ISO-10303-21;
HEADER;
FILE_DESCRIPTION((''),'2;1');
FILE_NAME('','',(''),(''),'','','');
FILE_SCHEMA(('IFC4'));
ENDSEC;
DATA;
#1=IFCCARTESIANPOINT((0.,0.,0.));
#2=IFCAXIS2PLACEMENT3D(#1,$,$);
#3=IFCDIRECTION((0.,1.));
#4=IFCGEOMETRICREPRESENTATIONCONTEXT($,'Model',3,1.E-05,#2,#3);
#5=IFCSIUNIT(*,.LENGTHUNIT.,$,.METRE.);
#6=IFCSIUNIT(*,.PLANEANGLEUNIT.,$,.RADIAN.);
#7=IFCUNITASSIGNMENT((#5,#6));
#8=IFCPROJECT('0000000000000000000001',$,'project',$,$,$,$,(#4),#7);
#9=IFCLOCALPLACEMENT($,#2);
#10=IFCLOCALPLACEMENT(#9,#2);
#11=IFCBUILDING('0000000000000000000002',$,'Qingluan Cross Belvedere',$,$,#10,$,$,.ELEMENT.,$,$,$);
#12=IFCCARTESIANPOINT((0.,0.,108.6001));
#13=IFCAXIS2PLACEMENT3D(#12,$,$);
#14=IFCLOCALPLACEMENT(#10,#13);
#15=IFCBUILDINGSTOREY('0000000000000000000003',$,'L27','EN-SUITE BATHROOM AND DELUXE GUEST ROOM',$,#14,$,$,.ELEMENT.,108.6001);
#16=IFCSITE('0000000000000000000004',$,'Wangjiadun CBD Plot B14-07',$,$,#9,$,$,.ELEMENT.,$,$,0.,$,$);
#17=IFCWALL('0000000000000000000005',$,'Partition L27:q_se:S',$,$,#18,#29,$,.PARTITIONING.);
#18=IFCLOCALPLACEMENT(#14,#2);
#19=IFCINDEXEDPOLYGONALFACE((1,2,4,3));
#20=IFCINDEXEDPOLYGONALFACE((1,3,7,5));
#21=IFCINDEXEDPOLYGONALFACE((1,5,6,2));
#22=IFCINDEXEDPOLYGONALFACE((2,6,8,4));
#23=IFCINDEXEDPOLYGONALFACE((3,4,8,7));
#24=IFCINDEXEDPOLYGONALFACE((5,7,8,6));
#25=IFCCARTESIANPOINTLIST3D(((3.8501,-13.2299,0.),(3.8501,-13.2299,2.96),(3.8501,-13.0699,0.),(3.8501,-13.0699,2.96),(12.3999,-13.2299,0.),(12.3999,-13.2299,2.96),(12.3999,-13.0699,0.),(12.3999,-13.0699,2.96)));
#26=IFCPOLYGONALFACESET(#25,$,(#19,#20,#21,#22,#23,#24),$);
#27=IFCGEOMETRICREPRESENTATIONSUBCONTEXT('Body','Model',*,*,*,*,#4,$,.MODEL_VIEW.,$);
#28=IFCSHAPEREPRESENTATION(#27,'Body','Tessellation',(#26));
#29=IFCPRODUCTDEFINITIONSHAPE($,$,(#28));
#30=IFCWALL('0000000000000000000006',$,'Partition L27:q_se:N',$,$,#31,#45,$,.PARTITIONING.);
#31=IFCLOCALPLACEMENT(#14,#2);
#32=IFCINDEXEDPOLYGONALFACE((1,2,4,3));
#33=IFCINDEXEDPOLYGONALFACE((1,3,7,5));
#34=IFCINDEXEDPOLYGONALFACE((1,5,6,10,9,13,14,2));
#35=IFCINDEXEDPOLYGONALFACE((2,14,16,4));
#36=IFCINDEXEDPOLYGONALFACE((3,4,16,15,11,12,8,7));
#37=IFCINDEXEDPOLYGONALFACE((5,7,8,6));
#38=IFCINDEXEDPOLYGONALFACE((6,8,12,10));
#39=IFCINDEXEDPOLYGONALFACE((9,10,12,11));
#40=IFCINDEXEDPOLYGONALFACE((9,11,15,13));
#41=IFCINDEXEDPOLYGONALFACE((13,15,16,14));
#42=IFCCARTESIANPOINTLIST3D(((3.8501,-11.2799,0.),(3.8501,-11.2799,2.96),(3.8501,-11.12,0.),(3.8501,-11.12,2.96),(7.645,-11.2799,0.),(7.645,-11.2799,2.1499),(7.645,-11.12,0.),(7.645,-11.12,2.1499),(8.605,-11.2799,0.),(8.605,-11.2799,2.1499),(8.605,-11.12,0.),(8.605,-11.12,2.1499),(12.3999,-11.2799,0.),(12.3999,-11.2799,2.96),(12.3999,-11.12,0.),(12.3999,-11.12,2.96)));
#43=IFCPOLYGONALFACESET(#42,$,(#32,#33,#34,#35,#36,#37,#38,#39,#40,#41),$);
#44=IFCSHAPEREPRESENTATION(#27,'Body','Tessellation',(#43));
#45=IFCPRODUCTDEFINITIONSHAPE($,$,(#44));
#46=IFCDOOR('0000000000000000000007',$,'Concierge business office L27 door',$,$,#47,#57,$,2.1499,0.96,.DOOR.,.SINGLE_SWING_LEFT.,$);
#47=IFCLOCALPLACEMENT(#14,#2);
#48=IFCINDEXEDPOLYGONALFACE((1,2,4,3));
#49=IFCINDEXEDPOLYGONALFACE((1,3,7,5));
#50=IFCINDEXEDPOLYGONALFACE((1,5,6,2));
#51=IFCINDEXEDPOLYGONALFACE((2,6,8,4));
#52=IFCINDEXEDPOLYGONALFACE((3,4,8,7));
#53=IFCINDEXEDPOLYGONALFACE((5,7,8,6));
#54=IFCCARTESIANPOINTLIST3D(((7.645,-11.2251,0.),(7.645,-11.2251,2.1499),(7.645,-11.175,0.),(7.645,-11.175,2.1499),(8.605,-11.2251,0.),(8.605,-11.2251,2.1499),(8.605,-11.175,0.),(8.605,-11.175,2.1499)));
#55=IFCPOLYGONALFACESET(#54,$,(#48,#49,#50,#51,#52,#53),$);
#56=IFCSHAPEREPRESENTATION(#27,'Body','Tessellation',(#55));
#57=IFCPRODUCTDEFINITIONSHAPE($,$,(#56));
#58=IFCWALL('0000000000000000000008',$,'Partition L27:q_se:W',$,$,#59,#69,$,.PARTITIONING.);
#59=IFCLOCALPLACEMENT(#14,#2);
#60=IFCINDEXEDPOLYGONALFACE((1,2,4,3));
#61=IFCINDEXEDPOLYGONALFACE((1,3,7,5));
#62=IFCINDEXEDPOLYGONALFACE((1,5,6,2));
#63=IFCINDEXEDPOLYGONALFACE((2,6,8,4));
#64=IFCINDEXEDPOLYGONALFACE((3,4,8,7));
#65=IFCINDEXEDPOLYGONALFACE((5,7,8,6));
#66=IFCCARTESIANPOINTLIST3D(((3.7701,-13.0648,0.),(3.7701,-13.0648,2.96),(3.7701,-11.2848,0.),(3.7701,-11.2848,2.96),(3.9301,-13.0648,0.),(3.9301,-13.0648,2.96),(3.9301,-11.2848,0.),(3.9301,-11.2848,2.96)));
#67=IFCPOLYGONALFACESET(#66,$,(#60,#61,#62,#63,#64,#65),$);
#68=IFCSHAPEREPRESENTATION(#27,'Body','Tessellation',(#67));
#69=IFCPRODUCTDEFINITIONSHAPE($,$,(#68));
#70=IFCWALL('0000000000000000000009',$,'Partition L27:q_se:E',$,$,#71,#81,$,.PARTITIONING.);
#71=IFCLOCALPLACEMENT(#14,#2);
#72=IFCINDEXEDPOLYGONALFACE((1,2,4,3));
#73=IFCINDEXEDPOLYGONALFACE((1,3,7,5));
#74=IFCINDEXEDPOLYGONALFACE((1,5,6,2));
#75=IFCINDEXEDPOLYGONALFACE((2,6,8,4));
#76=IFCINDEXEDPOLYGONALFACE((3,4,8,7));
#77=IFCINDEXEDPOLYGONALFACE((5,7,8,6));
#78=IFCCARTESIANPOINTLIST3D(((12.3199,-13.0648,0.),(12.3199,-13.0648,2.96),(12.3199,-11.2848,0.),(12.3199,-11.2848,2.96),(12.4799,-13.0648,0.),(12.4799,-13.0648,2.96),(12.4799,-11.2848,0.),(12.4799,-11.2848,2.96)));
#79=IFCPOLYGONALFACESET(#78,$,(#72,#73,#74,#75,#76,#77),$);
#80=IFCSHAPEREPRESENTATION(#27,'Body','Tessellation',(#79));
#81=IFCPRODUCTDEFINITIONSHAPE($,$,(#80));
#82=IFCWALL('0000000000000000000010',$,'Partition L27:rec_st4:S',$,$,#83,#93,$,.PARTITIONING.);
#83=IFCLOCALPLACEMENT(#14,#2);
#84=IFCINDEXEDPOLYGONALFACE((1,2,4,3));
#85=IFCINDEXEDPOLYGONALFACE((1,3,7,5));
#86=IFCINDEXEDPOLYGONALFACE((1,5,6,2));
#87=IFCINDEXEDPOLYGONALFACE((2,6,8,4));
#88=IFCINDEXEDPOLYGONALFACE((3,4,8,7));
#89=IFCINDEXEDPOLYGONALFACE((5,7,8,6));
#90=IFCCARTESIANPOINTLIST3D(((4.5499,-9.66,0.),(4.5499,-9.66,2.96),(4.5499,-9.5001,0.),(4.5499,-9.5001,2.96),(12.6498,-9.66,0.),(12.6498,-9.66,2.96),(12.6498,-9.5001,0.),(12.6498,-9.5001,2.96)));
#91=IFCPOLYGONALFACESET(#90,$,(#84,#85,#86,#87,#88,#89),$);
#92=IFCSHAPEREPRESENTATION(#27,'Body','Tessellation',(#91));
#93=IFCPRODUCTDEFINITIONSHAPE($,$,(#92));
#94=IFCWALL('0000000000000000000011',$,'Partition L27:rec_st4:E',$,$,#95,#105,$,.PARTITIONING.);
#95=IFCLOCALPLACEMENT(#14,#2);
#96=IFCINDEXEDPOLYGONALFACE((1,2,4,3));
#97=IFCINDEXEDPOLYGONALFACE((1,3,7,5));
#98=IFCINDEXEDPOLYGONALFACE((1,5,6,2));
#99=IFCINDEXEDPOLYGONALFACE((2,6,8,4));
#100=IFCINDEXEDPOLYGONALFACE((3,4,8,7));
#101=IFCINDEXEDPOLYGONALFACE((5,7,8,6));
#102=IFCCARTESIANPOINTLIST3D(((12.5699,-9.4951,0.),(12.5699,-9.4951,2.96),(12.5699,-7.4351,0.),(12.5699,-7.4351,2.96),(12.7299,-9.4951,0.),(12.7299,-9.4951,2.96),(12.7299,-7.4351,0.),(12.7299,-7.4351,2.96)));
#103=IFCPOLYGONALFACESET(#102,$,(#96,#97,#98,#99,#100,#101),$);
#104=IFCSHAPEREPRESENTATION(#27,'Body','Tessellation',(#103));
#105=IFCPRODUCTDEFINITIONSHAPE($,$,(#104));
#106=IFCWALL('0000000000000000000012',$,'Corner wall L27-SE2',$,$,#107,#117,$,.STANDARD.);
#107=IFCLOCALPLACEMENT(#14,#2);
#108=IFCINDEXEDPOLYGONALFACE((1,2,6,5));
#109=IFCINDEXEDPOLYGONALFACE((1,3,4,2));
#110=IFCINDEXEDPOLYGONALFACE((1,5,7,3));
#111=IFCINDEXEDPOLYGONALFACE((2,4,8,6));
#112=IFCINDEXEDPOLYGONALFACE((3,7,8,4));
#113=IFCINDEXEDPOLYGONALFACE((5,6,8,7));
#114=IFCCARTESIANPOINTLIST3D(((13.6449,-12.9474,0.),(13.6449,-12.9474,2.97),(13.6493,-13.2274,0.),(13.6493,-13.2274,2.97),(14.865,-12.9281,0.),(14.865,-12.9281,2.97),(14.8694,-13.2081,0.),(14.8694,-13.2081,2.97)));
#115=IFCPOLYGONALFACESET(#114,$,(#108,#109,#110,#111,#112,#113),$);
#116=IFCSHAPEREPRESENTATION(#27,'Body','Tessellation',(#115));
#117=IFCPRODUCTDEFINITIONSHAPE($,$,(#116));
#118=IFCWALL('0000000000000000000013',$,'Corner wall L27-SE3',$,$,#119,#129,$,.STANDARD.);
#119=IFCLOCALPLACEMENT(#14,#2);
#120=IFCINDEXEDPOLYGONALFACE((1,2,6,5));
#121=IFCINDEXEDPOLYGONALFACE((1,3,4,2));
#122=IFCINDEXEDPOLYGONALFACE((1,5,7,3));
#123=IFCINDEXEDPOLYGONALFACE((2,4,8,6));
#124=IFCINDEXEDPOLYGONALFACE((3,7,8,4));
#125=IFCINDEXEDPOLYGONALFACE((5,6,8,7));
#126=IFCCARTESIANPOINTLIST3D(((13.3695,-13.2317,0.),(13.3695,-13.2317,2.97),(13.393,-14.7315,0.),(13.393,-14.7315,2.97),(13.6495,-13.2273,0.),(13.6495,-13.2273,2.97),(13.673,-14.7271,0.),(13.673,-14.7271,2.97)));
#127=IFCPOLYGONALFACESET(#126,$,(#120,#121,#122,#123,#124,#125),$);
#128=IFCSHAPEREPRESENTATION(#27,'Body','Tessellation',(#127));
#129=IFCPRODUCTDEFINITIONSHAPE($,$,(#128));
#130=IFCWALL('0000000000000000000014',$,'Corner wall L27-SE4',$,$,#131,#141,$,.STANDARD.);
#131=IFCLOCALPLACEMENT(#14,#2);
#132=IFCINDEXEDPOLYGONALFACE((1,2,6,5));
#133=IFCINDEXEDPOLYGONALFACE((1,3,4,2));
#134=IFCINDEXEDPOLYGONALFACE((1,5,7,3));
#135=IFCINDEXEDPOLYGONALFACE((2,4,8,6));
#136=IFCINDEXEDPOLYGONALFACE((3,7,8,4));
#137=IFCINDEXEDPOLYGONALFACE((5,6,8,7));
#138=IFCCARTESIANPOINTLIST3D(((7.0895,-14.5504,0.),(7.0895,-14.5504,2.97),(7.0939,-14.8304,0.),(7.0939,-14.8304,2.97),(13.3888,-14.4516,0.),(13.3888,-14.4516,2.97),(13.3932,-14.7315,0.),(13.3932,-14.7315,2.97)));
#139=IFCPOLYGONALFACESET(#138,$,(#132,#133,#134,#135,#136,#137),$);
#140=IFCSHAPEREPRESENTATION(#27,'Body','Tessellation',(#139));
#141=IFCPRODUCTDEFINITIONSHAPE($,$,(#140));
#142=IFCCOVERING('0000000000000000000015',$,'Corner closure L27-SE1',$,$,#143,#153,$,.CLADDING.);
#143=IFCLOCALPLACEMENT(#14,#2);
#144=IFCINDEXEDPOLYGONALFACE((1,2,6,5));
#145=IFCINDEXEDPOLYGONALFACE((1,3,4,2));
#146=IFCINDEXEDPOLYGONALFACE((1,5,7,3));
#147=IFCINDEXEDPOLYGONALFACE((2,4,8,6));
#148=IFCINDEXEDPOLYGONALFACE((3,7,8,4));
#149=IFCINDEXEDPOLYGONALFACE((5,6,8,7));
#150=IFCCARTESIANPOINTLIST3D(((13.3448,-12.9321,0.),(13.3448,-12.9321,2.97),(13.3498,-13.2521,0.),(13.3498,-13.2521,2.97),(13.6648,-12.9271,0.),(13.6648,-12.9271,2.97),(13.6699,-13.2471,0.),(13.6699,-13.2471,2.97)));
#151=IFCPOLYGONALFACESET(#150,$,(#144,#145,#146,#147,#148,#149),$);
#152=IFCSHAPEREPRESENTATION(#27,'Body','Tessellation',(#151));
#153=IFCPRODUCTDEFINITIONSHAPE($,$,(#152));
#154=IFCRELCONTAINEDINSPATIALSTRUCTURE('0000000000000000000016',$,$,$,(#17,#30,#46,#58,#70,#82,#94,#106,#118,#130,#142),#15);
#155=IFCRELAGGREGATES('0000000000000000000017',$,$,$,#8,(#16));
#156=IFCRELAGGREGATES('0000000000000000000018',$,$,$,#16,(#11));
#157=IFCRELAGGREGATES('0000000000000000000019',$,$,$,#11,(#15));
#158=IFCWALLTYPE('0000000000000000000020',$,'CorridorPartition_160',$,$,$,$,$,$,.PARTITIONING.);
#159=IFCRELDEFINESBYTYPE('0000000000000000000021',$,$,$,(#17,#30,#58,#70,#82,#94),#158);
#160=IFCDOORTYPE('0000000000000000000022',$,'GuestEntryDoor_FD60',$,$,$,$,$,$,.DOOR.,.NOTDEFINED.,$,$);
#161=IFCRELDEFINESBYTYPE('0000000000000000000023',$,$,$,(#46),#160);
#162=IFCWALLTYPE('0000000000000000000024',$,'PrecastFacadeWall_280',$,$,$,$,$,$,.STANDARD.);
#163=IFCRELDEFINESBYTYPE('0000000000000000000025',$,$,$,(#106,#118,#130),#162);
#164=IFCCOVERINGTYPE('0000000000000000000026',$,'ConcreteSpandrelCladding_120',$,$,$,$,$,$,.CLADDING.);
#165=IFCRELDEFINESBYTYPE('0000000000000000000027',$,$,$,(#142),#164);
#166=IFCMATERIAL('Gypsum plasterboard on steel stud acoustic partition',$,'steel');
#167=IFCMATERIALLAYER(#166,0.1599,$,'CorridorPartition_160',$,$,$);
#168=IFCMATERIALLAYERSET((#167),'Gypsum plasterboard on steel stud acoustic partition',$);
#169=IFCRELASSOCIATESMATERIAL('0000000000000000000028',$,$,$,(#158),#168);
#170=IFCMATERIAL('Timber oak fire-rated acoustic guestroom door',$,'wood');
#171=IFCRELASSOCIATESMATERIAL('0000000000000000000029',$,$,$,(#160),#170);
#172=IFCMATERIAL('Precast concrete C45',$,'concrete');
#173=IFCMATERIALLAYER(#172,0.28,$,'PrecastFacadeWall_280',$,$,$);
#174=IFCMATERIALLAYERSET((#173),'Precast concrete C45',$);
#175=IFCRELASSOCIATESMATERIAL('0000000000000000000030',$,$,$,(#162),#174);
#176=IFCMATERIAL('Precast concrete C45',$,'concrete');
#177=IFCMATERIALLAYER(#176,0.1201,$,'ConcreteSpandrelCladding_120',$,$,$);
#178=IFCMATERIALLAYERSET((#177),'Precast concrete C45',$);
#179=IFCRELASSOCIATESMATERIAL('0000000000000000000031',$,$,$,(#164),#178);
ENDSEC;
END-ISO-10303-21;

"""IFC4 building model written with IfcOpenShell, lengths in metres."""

from ifc_helpers import new_model, si_unit, direction, frame, frame_2d, origin, origin_2d, place, context, subcontext, project, spatial, rectangle, extrude, material, layer, layer_set, type_object, element, fill, save


model = new_model("IFC4")

# Units and contexts
model_context = context("Model", 3, precision=1e-05, world=origin(), true_north=direction((0.0, 1.0)))
body_context = subcontext(model_context, "Body", "Model", "MODEL_VIEW")
ifc_project = project(units=[si_unit("LENGTHUNIT", "METRE"), si_unit("PLANEANGLEUNIT", "RADIAN")], contexts=[model_context])

# Site, building, storey
site_placement = place(None, origin())
site = spatial("IfcSite", under=ifc_project, at=site_placement, Name="Wangjiadun CBD Plot B14-07", CompositionType="ELEMENT", RefElevation=0.0)
building_placement = place(site_placement, origin())
building = spatial("IfcBuilding", under=site, at=building_placement, Name="Qingluan Cross Belvedere", CompositionType="ELEMENT")
storey_placement = place(building_placement, frame((0.0, 0.0, 108.6001)))
storey = spatial("IfcBuildingStorey", under=building, at=storey_placement, Name="L27", Description="EN-SUITE BATHROOM AND DELUXE GUEST ROOM", CompositionType="ELEMENT", Elevation=108.6001)

# Wall
ifc_material_1 = material(Name="Gypsum plasterboard on steel stud acoustic partition", Category="steel")
ifc_layer_1 = layer(ifc_material_1, 0.1599, Name="CorridorPartition_160")
ifc_layer_set_1 = layer_set([ifc_layer_1], Name="Gypsum plasterboard on steel stud acoustic partition")
wall_type_1 = type_object("IfcWallType", Name="CorridorPartition_160", PredefinedType="PARTITIONING", material=ifc_layer_set_1)
wall_1_placement = place(storey_placement, frame((3.8501, -13.1499, 0.0), z_axis=(0.0, 0.0, 1.0), x_axis=(1.0, 0.0, 0.0)))
element("IfcWall", 1, at=wall_1_placement, inside=storey, type_object=wall_type_1, Name="Partition L27:q_se:S", PredefinedType="PARTITIONING", context=body_context, shape_type="SweptSolid", body=[
    extrude(rectangle(XDim=8.5498, YDim=0.1599, at=frame_2d((4.2749, 0.0))), origin(), (0.0, 0.0, 1.0), 2.96),
])

# Wall, opening, door
wall_2_placement = place(storey_placement, frame((3.8501, -11.2, 0.0), z_axis=(0.0, 0.0, 1.0), x_axis=(1.0, 0.0, 0.0)))
wall_2 = element("IfcWall", 2, at=wall_2_placement, inside=storey, type_object=wall_type_1, Name="Partition L27:q_se:N", PredefinedType="PARTITIONING", context=body_context, shape_type="SweptSolid", body=[
    extrude(rectangle(XDim=8.5498, YDim=0.1599, at=frame_2d((4.2749, 0.0))), origin(), (0.0, 0.0, 1.0), 2.96),
])
opening_1_placement = place(wall_2_placement, frame((3.7949, 0.0, 0.0)))
opening_1 = element("IfcOpeningElement", 3, at=opening_1_placement, cuts=wall_2, PredefinedType="OPENING", context=body_context, shape_type="SweptSolid", body=[
    extrude(rectangle(XDim=0.96, YDim=2.1499, at=frame_2d((0.48, 1.075))), frame((0.0, 0.0898, 0.0), z_axis=(0.0, -1.0, 0.0), x_axis=(1.0, 0.0, 0.0)), (0.0, 0.0, 1.0), 0.1799),
])
ifc_material_2 = material(Name="Timber oak fire-rated acoustic guestroom door", Category="wood")
door_type = type_object("IfcDoorType", Name="GuestEntryDoor_FD60", OperationType="NOTDEFINED", PredefinedType="DOOR", material=ifc_material_2)
door_1_placement = place(opening_1_placement, origin())
door_1 = element("IfcDoor", 4, at=door_1_placement, inside=storey, type_object=door_type, Name="Concierge business office L27 door", OperationType="SINGLE_SWING_LEFT", OverallHeight=2.1499, OverallWidth=0.96, PredefinedType="DOOR", context=body_context, shape_type="SweptSolid", body=[
    extrude(rectangle(XDim=0.96, YDim=2.1499, at=frame_2d((0.48, 1.075))), frame((0.0, 0.0249, 0.0), z_axis=(0.0, -1.0, 0.0), x_axis=(1.0, 0.0, 0.0)), (0.0, 0.0, 1.0), 0.05),
])
fill(opening_1, door_1)

# Walls
for number, where, z_axis, x_axis, name in (
    (5, (3.8501, -13.0649, 0.0), (0.0, 0.0, 1.0), (0.0, 1.0, 0.0), "Partition L27:q_se:W"),
    (6, (12.3999, -13.0649, 0.0), (0.0, 0.0, 1.0), (0.0, 1.0, 0.0), "Partition L27:q_se:E"),
):
    element("IfcWall", number, at=place(storey_placement, frame(where, z_axis=z_axis, x_axis=x_axis)), inside=storey, type_object=wall_type_1, Name=name, PredefinedType="PARTITIONING", context=body_context, shape_type="SweptSolid", body=[
        extrude(rectangle(XDim=1.78, YDim=0.1599, at=frame_2d((0.8901, 0.0))), origin(), (0.0, 0.0, 1.0), 2.96),
    ])
wall_3_placement = place(storey_placement, frame((4.55, -9.5801, 0.0), z_axis=(0.0, 0.0, 1.0), x_axis=(1.0, 0.0, 0.0)))
element("IfcWall", 7, at=wall_3_placement, inside=storey, type_object=wall_type_1, Name="Partition L27:rec_st4:S", PredefinedType="PARTITIONING", context=body_context, shape_type="SweptSolid", body=[
    extrude(rectangle(XDim=8.0999, YDim=0.1599, at=frame_2d((4.0498, 0.0))), origin(), (0.0, 0.0, 1.0), 2.96),
])

# Walls
wall_4_placement = place(storey_placement, frame((12.6499, -9.4951, 0.0), z_axis=(0.0, 0.0, 1.0), x_axis=(0.0, 1.0, 0.0)))
element("IfcWall", 8, at=wall_4_placement, inside=storey, type_object=wall_type_1, Name="Partition L27:rec_st4:E", PredefinedType="PARTITIONING", context=body_context, shape_type="SweptSolid", body=[
    extrude(rectangle(XDim=2.0601, YDim=0.1599, at=frame_2d((1.03, 0.0))), origin(), (0.0, 0.0, 1.0), 2.96),
])
ifc_material_3 = material(Name="Precast concrete C45", Category="concrete")
ifc_layer_2 = layer(ifc_material_3, 0.28, Name="PrecastFacadeWall_280")
ifc_layer_set_2 = layer_set([ifc_layer_2], Name="Precast concrete C45")
wall_type_2 = type_object("IfcWallType", Name="PrecastFacadeWall_280", PredefinedType="STANDARD", material=ifc_layer_set_2)
wall_5_placement = place(storey_placement, frame((14.8672, -13.0681, 0.0), z_axis=(0.0, 0.0, 1.0), x_axis=(-0.999875, -0.015808, 0.0)))
element("IfcWall", 9, at=wall_5_placement, inside=storey, type_object=wall_type_2, Name="Corner wall L27-SE2", PredefinedType="STANDARD", context=body_context, shape_type="SweptSolid", body=[
    extrude(rectangle(XDim=1.2202, YDim=0.28, at=frame_2d((0.6101, 0.0))), origin(), (0.0, 0.0, 1.0), 2.97),
])
wall_6_placement = place(storey_placement, frame((13.5095, -13.2295, 0.0), z_axis=(0.0, 0.0, 1.0), x_axis=(0.015626, -0.999878, 0.0)))
element("IfcWall", 10, at=wall_6_placement, inside=storey, type_object=wall_type_2, Name="Corner wall L27-SE3", PredefinedType="STANDARD", context=body_context, shape_type="SweptSolid", body=[
    extrude(rectangle(XDim=1.5, YDim=0.28, at=frame_2d((0.75, 0.0))), origin(), (0.0, 0.0, 1.0), 2.97),
])
wall_7_placement = place(storey_placement, frame((13.3909, -14.5916, 0.0), z_axis=(0.0, 0.0, 1.0), x_axis=(-0.999877, -0.015695, 0.0)))
element("IfcWall", 11, at=wall_7_placement, inside=storey, type_object=wall_type_2, Name="Corner wall L27-SE4", PredefinedType="STANDARD", context=body_context, shape_type="SweptSolid", body=[
    extrude(rectangle(XDim=6.3, YDim=0.28, at=frame_2d((3.1499, 0.0))), origin(), (0.0, 0.0, 1.0), 2.97),
])

# Covering
ifc_material_4 = material(Name="Precast concrete C45", Category="concrete")
ifc_layer_3 = layer(ifc_material_4, 0.1201, Name="ConcreteSpandrelCladding_120")
ifc_layer_set_3 = layer_set([ifc_layer_3], Name="Precast concrete C45")
covering_type = type_object("IfcCoveringType", Name="ConcreteSpandrelCladding_120", PredefinedType="CLADDING", material=ifc_layer_set_3)
covering_placement = place(storey_placement, frame((13.5073, -13.0896, 0.0), z_axis=(0.0, 0.0, 1.0), x_axis=(0.999877, 0.015707, 0.0)))
element("IfcCovering", 12, at=covering_placement, inside=storey, type_object=covering_type, Name="Corner closure L27-SE1", PredefinedType="CLADDING", context=body_context, shape_type="SweptSolid", body=[
    extrude(rectangle(XDim=0.3201, YDim=0.3201, at=origin_2d()), origin(), (0.0, 0.0, 1.0), 2.97),
])

save(model, "model.ifc")
